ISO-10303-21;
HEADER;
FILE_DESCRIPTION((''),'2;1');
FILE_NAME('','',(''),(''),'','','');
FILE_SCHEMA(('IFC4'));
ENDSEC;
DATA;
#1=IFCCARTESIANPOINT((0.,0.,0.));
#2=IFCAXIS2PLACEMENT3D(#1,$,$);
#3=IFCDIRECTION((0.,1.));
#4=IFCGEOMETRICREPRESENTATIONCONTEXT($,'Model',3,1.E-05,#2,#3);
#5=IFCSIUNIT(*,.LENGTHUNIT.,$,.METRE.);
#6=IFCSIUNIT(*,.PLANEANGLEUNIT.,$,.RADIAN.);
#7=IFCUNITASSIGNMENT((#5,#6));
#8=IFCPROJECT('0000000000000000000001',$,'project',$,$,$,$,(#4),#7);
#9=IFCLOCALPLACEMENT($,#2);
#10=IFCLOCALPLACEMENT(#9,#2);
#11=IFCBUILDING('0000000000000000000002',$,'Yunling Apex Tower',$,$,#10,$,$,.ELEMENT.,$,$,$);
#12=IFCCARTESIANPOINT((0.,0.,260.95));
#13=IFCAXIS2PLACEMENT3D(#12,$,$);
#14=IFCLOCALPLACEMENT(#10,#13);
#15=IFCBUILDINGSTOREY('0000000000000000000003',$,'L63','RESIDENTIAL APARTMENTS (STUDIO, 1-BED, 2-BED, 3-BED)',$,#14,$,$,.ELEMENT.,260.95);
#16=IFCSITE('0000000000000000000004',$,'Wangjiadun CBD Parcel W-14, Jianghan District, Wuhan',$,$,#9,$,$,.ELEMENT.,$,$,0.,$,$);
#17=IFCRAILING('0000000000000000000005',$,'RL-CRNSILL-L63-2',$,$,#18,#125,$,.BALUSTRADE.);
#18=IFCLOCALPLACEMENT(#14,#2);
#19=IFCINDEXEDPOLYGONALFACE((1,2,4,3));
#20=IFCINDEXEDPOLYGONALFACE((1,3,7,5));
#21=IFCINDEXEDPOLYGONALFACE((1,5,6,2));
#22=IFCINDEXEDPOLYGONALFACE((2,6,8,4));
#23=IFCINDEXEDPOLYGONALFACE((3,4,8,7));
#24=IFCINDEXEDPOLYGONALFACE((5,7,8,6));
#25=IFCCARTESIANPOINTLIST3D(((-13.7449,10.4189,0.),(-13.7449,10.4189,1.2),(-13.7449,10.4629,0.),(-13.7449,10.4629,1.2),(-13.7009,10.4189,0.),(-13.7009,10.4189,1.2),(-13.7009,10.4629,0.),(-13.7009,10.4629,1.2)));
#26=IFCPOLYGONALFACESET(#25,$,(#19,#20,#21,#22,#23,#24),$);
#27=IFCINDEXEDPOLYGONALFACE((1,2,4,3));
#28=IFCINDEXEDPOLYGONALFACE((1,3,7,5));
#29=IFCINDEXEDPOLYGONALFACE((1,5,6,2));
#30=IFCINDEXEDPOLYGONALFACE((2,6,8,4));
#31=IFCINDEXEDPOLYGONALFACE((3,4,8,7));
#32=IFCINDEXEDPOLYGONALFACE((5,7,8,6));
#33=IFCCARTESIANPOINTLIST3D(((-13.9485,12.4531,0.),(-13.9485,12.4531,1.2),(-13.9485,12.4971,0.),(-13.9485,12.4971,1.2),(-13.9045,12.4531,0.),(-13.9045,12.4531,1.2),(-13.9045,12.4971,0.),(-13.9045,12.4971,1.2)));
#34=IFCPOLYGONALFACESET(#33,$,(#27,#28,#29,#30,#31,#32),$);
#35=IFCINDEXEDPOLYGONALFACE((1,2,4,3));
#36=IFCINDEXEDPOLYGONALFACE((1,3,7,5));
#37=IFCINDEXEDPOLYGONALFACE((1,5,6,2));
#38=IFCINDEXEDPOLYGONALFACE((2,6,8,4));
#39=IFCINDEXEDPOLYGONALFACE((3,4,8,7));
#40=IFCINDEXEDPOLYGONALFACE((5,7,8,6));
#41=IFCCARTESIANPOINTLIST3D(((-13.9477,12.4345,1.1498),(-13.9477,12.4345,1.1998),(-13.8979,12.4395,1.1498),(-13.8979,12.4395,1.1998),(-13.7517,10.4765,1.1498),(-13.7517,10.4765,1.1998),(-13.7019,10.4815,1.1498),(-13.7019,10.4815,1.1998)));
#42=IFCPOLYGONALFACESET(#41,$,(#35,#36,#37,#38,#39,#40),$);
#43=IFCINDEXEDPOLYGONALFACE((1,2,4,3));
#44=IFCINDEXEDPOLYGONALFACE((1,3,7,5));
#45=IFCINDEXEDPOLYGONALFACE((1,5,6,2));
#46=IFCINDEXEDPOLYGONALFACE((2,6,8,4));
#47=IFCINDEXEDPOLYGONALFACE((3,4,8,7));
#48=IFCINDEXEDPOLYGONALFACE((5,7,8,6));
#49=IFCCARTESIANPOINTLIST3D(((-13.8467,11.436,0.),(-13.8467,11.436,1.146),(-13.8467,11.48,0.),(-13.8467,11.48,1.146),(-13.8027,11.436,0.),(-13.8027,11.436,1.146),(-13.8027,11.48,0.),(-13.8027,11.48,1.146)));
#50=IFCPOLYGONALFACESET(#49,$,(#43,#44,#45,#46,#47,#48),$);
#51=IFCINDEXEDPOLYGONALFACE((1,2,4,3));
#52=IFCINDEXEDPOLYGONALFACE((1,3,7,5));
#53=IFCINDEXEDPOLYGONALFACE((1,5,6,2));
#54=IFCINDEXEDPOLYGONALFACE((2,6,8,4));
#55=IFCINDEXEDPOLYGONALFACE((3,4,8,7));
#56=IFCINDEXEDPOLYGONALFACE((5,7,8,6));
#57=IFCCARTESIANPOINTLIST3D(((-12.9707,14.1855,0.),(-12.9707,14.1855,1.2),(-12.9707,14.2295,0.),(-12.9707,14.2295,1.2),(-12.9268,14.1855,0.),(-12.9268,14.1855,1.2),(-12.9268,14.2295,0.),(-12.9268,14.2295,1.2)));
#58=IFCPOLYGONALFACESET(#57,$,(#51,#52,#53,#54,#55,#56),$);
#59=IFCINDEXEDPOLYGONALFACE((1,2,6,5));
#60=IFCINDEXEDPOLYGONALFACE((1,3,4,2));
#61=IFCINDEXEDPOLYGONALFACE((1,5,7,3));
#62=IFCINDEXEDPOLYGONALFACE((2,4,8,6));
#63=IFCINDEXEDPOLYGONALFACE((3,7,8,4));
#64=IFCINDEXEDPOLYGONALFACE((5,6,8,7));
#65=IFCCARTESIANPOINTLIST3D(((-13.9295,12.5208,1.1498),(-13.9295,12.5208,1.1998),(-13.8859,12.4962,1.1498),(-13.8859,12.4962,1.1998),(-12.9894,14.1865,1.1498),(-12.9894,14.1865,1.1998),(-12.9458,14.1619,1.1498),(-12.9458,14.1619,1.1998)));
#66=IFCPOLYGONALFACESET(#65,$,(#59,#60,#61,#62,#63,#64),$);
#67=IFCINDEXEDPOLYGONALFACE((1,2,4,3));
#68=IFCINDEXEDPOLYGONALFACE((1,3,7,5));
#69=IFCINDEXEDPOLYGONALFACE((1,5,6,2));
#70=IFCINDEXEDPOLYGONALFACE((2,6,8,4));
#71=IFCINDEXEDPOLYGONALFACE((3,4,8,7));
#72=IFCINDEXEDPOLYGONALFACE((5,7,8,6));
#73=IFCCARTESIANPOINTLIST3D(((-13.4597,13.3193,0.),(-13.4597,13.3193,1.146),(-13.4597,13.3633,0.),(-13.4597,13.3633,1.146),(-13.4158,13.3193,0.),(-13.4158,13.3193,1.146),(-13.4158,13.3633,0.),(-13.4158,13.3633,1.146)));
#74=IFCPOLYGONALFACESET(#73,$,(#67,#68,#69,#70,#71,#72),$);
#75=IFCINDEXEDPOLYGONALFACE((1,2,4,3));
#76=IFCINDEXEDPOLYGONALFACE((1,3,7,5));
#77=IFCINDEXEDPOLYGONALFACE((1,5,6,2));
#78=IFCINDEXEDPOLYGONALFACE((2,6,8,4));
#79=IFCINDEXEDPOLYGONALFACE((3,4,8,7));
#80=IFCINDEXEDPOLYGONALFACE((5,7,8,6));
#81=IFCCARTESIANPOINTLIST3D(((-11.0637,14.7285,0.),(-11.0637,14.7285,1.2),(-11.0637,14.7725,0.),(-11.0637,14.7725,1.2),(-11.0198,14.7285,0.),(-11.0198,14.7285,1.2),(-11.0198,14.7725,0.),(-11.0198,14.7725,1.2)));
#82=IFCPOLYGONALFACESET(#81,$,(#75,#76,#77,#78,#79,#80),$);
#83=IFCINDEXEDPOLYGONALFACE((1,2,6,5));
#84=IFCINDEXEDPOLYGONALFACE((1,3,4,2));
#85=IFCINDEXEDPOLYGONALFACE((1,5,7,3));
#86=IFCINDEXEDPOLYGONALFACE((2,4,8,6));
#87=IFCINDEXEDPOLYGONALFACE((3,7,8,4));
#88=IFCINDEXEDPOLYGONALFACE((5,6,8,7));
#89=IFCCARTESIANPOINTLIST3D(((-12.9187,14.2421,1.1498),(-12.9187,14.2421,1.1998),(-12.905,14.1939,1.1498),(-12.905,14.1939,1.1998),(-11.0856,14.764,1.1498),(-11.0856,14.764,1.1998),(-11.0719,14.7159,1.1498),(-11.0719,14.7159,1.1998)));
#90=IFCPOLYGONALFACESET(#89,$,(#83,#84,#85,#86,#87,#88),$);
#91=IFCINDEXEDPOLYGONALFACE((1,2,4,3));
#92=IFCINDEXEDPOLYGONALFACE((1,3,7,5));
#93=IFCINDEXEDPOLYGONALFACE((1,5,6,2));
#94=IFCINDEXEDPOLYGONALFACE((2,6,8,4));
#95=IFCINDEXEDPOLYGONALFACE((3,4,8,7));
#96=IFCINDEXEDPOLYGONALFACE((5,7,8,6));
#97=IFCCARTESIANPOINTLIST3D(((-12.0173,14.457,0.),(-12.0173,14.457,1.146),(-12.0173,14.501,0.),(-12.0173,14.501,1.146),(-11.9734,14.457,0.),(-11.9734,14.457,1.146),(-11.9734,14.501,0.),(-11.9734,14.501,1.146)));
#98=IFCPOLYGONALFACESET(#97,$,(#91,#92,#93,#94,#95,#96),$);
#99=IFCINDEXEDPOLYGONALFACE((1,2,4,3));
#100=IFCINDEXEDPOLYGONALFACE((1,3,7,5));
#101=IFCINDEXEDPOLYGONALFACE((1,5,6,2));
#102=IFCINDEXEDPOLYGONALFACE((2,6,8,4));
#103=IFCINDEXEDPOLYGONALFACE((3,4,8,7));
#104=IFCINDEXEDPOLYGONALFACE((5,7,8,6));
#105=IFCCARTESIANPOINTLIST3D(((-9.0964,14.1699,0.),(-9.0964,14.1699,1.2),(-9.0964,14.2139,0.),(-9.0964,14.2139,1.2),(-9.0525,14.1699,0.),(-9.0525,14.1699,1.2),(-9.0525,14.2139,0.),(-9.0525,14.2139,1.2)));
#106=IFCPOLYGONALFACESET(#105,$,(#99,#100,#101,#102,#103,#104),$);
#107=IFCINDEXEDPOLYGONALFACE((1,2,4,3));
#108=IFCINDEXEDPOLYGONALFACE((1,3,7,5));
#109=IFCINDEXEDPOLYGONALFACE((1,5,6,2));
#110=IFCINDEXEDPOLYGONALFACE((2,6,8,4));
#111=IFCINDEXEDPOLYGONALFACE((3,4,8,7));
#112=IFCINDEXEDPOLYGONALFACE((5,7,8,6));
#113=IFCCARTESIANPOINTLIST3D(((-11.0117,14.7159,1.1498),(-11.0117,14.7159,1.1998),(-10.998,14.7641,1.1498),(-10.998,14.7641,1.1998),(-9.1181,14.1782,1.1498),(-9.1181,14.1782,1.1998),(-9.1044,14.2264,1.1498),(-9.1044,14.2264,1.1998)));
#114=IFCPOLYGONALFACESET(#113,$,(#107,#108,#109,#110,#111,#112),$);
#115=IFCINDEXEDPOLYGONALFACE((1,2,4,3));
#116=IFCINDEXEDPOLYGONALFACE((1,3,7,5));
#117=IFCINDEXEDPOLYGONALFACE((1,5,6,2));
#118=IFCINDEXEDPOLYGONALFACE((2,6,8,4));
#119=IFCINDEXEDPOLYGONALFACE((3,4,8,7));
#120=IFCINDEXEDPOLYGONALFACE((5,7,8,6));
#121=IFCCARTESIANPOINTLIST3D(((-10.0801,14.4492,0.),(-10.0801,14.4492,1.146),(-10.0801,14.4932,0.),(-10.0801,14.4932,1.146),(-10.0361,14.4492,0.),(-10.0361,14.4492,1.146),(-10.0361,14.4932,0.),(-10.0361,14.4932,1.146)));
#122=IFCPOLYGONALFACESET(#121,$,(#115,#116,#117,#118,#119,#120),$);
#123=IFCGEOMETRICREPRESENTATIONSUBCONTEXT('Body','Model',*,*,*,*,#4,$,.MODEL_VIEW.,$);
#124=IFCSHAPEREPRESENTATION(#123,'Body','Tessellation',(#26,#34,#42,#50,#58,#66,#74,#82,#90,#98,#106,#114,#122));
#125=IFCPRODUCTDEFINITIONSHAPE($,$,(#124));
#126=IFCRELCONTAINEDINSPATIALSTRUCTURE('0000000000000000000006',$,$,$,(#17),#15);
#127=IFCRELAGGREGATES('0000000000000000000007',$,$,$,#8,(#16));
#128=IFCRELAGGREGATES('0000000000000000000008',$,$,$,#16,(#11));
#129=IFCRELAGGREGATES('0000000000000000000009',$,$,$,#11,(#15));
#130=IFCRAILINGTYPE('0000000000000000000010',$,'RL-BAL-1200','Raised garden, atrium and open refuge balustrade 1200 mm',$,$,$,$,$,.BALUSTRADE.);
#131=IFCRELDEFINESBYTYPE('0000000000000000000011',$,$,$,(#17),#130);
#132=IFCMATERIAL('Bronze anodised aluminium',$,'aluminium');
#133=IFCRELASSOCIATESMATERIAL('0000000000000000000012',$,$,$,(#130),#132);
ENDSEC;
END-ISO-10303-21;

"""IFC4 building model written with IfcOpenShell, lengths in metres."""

from ifc_helpers import new_model, si_unit, direction, frame, origin, origin_2d, place, context, subcontext, project, spatial, rectangle, extrude, material, type_object, element, save


model = new_model("IFC4")

# Units and contexts
model_context = context("Model", 3, precision=1e-05, world=origin(), true_north=direction((0.0, 1.0)))
body_context = subcontext(model_context, "Body", "Model", "MODEL_VIEW")
ifc_project = project(units=[si_unit("LENGTHUNIT", "METRE"), si_unit("PLANEANGLEUNIT", "RADIAN")], contexts=[model_context])

# Site, building, storey
site_placement = place(None, origin())
site = spatial("IfcSite", under=ifc_project, at=site_placement, Name="Wangjiadun CBD Parcel W-14, Jianghan District, Wuhan", CompositionType="ELEMENT", RefElevation=0.0)
building_placement = place(site_placement, origin())
building = spatial("IfcBuilding", under=site, at=building_placement, Name="Yunling Apex Tower", CompositionType="ELEMENT")
storey_placement = place(building_placement, frame((0.0, 0.0, 260.95)))
storey = spatial("IfcBuildingStorey", under=building, at=storey_placement, Name="L63", Description="RESIDENTIAL APARTMENTS (STUDIO, 1-BED, 2-BED, 3-BED)", CompositionType="ELEMENT", Elevation=260.95)

# Shared definitions
ifc_material_1 = material(Name="Bronze anodised aluminium", Category="aluminium")

# Railing
railing_type = type_object("IfcRailingType", Name="RL-BAL-1200", Description="Raised garden, atrium and open refuge balustrade 1200 mm", PredefinedType="BALUSTRADE", material=ifc_material_1)
railing_placement = place(storey_placement, frame((-13.7229, 10.4409, 0.0)))
element("IfcRailing", 1, at=railing_placement, inside=storey, type_object=railing_type, Name="RL-CRNSILL-L63-2", PredefinedType="BALUSTRADE", context=body_context, shape_type="SweptSolid", body=[
    extrude(rectangle(XDim=0.0439, YDim=0.0439, at=origin_2d()), origin(), (0.0, 0.0, 1.0), 1.2),
    extrude(rectangle(XDim=0.0439, YDim=0.0439, at=origin_2d()), frame((-0.2036, 2.0342, 0.0)), (0.0, 0.0, 1.0), 1.2),
    extrude(rectangle(XDim=0.05, YDim=0.05, at=origin_2d()), frame((-0.0039, 0.0381, 1.1748), z_axis=(-0.099598, 0.995028, 0.0), x_axis=(-0.995028, -0.099598, 0.0)), (0.0, 0.0, 1.0), 1.9678),
    extrude(rectangle(XDim=0.0439, YDim=0.0439, at=origin_2d()), frame((-0.1018, 1.0171, 0.0)), (0.0, 0.0, 1.0), 1.146),
    extrude(rectangle(XDim=0.0439, YDim=0.0439, at=origin_2d()), frame((0.7742, 3.7666, 0.0)), (0.0, 0.0, 1.0), 1.2),
    extrude(rectangle(XDim=0.05, YDim=0.05, at=origin_2d()), frame((-0.1848, 2.0676, 1.1748), z_axis=(0.491519, 0.870867, 0.0), x_axis=(-0.870867, 0.491519, 0.0)), (0.0, 0.0, 1.0), 1.9126),
    extrude(rectangle(XDim=0.0439, YDim=0.0439, at=origin_2d()), frame((0.2852, 2.9004, 0.0)), (0.0, 0.0, 1.0), 1.146),
    extrude(rectangle(XDim=0.0439, YDim=0.0439, at=origin_2d()), frame((2.6812, 4.3096, 0.0)), (0.0, 0.0, 1.0), 1.2),
    extrude(rectangle(XDim=0.05, YDim=0.05, at=origin_2d()), frame((0.811, 3.7771, 1.1748), z_axis=(0.961774, 0.273843, 0.0), x_axis=(-0.273843, 0.961774, 0.0)), (0.0, 0.0, 1.0), 1.906),
    extrude(rectangle(XDim=0.0439, YDim=0.0439, at=origin_2d()), frame((1.7275, 4.0381, 0.0)), (0.0, 0.0, 1.0), 1.146),
    extrude(rectangle(XDim=0.0439, YDim=0.0439, at=origin_2d()), frame((4.6484, 3.751, 0.0)), (0.0, 0.0, 1.0), 1.2),
    extrude(rectangle(XDim=0.05, YDim=0.05, at=origin_2d()), frame((2.718, 4.2991, 1.1748), z_axis=(0.961973, -0.273144, 0.0), x_axis=(0.273144, 0.961973, 0.0)), (0.0, 0.0, 1.0), 1.9685),
    extrude(rectangle(XDim=0.0439, YDim=0.0439, at=origin_2d()), frame((3.6648, 4.0303, 0.0)), (0.0, 0.0, 1.0), 1.146),
])

save(model, "model.ifc")
